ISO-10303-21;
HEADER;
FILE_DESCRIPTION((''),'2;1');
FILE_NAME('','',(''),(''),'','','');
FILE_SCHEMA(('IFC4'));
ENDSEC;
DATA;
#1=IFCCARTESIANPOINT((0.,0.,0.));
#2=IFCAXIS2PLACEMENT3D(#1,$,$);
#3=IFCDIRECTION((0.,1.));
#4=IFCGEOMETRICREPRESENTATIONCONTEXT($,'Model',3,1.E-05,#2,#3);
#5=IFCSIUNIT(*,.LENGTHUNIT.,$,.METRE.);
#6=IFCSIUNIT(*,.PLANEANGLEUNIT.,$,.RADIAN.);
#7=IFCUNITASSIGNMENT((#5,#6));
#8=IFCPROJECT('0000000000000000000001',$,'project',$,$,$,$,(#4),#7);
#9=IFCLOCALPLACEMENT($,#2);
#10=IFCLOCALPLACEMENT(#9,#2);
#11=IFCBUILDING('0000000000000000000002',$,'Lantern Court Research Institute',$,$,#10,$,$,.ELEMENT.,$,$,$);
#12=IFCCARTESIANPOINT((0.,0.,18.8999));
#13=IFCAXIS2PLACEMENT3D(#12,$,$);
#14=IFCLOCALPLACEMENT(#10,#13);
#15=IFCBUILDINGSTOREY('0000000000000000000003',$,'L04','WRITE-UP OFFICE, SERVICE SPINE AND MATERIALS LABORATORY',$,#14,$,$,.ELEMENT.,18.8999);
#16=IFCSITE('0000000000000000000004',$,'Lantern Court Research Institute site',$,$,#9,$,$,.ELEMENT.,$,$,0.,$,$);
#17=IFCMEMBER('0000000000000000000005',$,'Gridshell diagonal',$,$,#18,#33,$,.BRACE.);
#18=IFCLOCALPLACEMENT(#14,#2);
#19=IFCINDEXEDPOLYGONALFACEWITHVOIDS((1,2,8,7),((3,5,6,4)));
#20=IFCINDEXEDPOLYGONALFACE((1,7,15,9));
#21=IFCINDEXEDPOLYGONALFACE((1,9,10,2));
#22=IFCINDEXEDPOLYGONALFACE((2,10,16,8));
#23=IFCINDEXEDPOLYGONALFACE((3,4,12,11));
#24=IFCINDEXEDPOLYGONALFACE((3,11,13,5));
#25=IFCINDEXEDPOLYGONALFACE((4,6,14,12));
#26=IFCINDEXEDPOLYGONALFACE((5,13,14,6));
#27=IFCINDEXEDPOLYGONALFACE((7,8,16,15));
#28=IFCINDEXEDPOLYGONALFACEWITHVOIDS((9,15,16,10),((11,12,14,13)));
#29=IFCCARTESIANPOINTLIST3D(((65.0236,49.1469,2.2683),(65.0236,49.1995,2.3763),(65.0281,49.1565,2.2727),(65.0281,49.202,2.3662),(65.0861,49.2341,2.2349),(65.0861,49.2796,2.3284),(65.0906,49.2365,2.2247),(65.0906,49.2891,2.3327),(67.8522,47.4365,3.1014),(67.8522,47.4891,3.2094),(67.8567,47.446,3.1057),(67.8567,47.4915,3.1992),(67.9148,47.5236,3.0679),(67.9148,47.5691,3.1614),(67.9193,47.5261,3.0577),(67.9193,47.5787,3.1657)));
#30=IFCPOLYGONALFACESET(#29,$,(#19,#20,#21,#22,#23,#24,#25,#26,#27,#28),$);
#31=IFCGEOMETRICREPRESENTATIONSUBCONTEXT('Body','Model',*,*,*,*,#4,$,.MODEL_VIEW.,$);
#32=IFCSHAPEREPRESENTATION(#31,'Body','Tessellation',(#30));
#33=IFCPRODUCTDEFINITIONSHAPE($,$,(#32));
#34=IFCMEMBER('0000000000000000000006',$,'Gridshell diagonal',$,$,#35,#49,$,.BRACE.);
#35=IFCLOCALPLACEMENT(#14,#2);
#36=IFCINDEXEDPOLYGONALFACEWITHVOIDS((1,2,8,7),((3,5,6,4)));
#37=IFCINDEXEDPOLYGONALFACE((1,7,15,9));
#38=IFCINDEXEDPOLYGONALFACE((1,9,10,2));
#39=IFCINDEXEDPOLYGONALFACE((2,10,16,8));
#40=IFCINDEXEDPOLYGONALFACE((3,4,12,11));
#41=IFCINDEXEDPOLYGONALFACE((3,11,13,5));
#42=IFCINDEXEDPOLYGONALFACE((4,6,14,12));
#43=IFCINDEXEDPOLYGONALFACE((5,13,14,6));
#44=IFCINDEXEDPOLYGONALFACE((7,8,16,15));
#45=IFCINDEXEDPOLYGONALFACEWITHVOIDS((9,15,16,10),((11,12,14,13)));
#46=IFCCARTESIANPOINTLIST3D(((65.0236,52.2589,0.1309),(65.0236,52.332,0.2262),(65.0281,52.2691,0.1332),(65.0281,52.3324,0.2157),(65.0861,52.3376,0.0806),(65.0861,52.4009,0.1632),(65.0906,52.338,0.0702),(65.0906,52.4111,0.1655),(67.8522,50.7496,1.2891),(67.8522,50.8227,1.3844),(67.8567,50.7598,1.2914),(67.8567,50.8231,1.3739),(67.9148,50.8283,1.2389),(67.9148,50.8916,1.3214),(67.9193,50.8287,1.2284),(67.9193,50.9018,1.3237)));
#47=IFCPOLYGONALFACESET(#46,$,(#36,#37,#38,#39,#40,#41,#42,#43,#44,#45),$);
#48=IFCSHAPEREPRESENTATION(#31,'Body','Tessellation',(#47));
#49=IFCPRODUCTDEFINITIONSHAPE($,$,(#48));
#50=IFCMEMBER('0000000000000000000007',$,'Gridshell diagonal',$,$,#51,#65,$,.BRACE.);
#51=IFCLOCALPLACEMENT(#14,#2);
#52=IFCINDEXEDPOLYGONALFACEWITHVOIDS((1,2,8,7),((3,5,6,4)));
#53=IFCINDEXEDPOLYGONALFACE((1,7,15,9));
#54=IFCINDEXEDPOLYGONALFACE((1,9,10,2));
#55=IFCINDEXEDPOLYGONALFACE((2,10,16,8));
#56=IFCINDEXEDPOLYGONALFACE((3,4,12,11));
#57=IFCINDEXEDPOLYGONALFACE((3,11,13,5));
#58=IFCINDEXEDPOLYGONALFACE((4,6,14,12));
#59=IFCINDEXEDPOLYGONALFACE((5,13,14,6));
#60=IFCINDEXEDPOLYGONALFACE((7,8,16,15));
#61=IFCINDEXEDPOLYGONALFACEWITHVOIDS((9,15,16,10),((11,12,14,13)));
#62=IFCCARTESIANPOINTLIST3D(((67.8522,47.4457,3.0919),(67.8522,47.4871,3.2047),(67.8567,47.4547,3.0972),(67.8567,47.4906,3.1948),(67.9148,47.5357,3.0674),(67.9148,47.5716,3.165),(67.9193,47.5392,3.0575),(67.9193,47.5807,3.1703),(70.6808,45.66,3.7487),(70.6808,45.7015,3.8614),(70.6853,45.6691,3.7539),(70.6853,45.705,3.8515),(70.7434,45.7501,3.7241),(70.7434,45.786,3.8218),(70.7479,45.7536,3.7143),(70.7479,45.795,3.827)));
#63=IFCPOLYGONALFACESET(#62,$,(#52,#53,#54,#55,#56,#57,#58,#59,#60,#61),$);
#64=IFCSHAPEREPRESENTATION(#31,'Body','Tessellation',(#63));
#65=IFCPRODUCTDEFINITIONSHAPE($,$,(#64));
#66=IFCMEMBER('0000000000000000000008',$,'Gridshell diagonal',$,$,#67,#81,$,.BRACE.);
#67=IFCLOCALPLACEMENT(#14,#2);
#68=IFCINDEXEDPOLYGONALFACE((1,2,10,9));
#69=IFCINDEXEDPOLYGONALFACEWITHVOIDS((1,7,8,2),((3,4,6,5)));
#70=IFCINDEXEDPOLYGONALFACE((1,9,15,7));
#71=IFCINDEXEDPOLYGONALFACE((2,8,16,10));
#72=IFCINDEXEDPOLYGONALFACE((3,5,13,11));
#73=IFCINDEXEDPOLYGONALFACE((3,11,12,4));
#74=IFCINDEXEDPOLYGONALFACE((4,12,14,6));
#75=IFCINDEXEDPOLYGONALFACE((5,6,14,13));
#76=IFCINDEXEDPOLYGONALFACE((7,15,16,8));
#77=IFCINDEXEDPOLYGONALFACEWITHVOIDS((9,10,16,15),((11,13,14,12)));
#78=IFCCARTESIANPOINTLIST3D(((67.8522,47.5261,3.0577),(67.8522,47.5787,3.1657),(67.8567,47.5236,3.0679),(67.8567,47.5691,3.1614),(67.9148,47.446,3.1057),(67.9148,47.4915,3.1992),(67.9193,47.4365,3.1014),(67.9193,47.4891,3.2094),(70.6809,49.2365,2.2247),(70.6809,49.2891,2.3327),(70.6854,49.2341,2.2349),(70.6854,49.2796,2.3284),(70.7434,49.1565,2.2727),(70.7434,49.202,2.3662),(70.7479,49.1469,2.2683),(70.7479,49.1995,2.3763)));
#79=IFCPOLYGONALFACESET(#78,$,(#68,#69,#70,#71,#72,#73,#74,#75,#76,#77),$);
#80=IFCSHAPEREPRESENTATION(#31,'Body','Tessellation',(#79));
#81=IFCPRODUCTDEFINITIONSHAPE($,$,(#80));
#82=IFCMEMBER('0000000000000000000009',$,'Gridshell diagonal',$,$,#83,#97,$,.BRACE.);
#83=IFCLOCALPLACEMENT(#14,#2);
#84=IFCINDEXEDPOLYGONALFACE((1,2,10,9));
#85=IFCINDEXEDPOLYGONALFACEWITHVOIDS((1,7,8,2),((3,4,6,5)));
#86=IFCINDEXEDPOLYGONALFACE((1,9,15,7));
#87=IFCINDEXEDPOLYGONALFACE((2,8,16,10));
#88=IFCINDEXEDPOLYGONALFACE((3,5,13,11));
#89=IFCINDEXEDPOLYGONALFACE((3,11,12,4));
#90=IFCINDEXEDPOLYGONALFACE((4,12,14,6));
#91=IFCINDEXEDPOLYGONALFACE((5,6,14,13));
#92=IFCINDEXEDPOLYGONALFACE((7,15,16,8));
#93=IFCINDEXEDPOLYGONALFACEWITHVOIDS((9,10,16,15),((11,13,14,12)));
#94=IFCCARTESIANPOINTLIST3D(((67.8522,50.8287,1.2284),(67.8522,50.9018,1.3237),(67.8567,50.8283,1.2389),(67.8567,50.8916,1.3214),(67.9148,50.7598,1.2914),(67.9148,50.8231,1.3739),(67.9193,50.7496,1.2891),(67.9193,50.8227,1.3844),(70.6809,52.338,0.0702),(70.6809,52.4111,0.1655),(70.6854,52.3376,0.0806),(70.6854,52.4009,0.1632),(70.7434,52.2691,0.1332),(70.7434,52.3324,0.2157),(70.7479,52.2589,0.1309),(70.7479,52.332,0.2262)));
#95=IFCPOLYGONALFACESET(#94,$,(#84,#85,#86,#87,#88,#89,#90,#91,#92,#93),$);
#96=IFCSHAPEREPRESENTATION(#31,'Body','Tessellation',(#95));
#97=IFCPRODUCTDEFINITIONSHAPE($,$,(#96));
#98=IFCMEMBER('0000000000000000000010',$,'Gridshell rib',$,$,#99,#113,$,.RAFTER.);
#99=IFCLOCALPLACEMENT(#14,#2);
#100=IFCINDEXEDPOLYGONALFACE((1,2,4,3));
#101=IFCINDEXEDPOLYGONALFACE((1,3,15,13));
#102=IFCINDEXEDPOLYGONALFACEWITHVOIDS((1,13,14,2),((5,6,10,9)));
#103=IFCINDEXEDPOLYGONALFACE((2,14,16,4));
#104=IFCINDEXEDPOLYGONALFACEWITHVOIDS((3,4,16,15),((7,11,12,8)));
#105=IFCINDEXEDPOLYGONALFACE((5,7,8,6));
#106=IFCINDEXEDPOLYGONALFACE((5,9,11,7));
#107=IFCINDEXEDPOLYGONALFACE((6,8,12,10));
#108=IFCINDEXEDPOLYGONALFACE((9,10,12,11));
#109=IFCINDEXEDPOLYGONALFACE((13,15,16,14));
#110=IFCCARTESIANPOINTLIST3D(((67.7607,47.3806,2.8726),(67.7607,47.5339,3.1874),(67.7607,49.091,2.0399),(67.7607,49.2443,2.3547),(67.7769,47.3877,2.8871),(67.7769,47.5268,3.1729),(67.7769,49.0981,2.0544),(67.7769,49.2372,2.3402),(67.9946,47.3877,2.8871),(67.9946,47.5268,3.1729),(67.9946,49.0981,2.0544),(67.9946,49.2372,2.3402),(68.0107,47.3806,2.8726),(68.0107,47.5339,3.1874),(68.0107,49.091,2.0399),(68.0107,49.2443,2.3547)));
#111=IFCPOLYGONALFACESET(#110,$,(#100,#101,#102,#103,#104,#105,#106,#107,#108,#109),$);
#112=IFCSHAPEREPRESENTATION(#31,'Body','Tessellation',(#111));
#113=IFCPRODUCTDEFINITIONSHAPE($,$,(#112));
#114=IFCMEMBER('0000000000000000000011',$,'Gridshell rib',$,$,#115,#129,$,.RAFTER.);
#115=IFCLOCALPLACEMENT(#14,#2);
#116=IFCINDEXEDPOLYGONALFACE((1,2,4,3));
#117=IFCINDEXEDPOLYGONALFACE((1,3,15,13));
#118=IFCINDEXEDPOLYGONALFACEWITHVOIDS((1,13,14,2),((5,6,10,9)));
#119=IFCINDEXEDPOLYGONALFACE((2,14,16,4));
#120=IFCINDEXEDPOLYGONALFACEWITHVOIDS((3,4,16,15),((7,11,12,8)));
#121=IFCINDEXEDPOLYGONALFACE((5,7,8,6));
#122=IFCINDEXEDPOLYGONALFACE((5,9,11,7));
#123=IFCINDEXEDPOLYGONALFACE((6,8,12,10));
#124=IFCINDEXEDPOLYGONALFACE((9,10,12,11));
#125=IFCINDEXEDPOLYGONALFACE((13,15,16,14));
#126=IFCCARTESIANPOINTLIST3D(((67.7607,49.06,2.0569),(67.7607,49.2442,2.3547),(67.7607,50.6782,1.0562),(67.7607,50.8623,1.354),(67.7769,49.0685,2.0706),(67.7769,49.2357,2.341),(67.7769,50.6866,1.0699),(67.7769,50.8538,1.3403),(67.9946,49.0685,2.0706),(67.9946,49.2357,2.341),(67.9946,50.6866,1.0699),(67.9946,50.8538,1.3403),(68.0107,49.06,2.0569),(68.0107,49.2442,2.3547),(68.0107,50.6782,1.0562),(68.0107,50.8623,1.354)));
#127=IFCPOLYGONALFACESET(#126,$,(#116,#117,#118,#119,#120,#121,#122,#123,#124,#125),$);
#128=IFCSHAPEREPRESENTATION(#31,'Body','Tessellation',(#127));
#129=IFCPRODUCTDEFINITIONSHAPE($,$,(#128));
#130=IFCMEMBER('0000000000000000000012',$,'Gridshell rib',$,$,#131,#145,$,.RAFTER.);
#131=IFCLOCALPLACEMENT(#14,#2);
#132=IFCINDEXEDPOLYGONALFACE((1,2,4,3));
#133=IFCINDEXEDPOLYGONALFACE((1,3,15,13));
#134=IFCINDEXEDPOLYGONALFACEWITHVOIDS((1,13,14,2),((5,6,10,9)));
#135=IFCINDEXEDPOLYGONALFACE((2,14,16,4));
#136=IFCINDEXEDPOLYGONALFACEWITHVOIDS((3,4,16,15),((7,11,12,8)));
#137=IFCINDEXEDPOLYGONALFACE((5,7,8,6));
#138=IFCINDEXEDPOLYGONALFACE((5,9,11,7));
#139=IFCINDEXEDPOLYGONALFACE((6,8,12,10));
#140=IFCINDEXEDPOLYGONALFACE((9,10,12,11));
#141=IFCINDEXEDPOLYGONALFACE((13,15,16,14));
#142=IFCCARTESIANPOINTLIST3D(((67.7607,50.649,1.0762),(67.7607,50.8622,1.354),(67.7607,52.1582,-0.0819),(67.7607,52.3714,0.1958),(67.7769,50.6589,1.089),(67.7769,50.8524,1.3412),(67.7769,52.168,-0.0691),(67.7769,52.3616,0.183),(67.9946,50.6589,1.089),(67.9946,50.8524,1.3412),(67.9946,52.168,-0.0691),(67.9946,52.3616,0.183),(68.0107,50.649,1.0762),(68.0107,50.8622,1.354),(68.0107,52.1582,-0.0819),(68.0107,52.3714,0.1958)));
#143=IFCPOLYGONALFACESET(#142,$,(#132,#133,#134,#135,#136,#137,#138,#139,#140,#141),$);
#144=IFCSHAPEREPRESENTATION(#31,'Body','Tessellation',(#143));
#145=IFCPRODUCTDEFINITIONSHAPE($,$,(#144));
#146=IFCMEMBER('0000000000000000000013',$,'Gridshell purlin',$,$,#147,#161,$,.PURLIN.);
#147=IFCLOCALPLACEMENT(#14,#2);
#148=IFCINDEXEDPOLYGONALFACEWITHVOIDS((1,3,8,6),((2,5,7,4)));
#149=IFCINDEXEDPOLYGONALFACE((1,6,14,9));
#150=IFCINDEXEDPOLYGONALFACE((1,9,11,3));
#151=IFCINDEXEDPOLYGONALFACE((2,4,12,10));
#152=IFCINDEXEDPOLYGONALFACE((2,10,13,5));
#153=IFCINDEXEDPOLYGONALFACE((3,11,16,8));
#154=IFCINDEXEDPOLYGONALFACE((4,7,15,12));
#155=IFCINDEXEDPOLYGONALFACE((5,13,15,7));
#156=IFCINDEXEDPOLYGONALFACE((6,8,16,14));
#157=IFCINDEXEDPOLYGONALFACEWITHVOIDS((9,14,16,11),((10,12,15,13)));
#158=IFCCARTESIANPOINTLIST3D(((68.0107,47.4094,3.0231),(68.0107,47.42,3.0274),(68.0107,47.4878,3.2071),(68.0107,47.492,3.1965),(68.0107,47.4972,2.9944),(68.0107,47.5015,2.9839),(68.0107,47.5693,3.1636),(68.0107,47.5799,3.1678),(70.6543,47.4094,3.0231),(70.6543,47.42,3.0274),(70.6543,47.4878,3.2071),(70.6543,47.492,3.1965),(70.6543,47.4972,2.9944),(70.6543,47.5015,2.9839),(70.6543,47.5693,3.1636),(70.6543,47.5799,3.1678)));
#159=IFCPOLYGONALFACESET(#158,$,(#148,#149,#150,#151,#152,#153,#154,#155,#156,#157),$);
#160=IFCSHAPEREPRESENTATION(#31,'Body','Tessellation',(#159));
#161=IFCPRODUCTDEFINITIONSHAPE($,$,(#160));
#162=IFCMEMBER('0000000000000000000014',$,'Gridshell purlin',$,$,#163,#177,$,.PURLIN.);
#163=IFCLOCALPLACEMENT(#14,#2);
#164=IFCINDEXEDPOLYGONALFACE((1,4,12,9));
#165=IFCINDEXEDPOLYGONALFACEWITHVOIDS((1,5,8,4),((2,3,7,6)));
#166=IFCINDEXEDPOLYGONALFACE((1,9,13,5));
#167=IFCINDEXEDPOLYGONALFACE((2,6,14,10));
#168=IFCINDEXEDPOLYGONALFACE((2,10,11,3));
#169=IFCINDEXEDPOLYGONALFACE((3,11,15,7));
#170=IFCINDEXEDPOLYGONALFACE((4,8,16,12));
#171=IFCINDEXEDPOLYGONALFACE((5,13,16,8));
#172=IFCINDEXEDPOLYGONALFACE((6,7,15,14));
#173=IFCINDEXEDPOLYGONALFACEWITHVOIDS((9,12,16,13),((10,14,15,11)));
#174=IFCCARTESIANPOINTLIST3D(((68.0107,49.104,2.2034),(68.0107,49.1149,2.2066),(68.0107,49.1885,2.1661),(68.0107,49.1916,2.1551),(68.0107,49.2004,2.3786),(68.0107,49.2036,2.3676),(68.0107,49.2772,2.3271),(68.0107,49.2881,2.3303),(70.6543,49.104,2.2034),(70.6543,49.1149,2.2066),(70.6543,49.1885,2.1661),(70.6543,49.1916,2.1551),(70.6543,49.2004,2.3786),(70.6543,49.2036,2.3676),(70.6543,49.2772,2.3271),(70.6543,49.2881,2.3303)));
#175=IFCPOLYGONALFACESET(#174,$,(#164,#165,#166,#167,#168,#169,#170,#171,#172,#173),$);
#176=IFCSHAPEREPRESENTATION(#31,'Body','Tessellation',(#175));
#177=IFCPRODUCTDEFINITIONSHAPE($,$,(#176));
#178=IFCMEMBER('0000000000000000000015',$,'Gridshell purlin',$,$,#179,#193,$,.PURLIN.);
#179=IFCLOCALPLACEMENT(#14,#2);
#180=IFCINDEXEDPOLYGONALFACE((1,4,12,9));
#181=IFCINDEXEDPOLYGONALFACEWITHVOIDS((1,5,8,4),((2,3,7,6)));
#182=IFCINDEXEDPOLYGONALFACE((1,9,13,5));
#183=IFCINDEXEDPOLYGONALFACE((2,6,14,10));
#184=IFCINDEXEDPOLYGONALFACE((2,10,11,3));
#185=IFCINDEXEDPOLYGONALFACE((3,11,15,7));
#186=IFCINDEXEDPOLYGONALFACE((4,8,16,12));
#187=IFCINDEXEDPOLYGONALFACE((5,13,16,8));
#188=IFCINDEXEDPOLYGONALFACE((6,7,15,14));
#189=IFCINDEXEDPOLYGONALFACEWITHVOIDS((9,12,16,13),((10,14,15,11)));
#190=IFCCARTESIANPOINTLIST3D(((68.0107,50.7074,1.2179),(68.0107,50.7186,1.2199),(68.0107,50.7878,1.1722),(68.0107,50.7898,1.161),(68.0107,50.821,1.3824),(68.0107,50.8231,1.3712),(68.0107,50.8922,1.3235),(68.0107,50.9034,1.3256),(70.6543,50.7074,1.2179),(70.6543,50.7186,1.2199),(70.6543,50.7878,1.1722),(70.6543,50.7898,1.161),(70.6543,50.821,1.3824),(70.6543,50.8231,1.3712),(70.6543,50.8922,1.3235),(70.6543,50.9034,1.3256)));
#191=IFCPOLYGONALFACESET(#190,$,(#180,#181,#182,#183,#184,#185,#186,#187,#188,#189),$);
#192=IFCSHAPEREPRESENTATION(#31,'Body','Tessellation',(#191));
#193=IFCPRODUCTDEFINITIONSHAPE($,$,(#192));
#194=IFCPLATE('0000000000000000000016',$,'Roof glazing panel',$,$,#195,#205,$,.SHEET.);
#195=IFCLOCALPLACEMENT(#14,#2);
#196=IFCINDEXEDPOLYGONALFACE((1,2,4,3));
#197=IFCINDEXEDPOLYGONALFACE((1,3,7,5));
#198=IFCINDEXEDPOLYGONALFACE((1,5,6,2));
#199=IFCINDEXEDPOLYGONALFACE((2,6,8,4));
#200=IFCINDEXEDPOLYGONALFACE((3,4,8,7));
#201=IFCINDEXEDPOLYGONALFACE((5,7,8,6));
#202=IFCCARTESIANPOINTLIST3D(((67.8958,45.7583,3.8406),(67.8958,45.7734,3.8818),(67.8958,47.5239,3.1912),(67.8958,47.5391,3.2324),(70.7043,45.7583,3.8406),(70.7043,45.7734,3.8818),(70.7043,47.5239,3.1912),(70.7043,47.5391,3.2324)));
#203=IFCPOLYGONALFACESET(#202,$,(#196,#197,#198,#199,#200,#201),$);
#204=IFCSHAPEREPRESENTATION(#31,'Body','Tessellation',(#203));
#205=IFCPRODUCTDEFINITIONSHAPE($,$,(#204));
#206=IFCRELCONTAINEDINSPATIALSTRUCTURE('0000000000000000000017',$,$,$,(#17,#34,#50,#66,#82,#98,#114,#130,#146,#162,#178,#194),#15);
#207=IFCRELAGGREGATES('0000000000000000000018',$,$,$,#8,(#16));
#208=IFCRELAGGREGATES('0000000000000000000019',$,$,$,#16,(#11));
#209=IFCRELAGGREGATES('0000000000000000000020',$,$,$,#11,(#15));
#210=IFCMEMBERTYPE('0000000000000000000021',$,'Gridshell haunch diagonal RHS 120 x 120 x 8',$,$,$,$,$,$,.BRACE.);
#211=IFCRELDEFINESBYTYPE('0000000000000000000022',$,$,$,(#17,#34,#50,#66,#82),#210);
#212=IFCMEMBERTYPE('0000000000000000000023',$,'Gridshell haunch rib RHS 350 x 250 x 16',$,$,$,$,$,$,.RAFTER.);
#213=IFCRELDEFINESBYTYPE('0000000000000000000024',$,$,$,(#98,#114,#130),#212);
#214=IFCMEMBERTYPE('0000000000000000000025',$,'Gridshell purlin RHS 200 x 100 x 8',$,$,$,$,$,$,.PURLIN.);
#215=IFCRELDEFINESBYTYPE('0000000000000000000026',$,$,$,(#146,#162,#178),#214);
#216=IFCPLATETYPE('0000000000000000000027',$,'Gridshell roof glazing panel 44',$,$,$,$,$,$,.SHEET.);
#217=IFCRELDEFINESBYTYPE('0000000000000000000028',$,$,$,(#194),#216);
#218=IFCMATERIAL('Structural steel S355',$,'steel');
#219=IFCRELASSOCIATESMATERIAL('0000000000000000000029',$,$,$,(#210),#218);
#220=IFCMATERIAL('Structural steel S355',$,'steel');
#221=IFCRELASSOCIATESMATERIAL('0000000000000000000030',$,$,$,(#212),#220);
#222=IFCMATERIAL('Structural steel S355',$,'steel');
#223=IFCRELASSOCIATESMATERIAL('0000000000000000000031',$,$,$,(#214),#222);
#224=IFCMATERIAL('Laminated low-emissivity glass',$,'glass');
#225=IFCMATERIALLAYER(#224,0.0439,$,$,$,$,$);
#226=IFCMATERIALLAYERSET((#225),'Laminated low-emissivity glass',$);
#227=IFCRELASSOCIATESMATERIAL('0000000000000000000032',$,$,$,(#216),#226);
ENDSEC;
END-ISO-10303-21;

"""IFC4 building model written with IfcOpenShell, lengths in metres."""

from ifc_helpers import new_model, si_unit, direction, frame, origin, origin_2d, place, context, subcontext, project, spatial, polyline, hollow_rectangle, outline, extrude, material, layer, layer_set, material_profile, profile_set, type_object, element, save


model = new_model("IFC4")

# Units and contexts
model_context = context("Model", 3, precision=1e-05, world=origin(), true_north=direction((0.0, 1.0)))
body_context = subcontext(model_context, "Body", "Model", "MODEL_VIEW")
ifc_project = project(units=[si_unit("LENGTHUNIT", "METRE"), si_unit("PLANEANGLEUNIT", "RADIAN")], contexts=[model_context])

# Site, building, storey
site_placement = place(None, origin())
site = spatial("IfcSite", under=ifc_project, at=site_placement, Name="Lantern Court Research Institute site", CompositionType="ELEMENT", RefElevation=0.0)
building_placement = place(site_placement, origin())
building = spatial("IfcBuilding", under=site, at=building_placement, Name="Lantern Court Research Institute", CompositionType="ELEMENT")
storey_placement = place(building_placement, frame((0.0, 0.0, 18.8999)))
storey = spatial("IfcBuildingStorey", under=building, at=storey_placement, Name="L04", Description="WRITE-UP OFFICE, SERVICE SPINE AND MATERIALS LABORATORY", CompositionType="ELEMENT", Elevation=18.8999)

# Members
ifc_material_1 = material(Name="Structural steel S355", Category="steel")
ifc_material_profile_1 = material_profile(ifc_material_1, hollow_rectangle(XDim=0.1201, YDim=0.1201, WallThickness=0.0081, at=origin_2d()), Name="Gridshell haunch diagonal RHS 120 x 120 x 8")
ifc_profile_set_1 = profile_set([ifc_material_profile_1], Name="Structural steel S355")
member_type_1 = type_object("IfcMemberType", Name="Gridshell haunch diagonal RHS 120 x 120 x 8", PredefinedType="BRACE", material=ifc_profile_set_1)
for number, where, z_axis, x_axis, name in (
    (1, (67.8857, 47.5076, 3.1335), (-0.829773, 0.50176, -0.244363), (-0.558101, -0.746025, 0.363277), "Gridshell diagonal"),
    (2, (67.8857, 50.8257, 1.3064), (-0.82978, 0.44275, -0.339761), (-0.558091, -0.65828, 0.505176), "Gridshell diagonal"),
    (3, (70.7144, 45.7275, 3.7878), (-0.829763, 0.523812, -0.192652), (-0.558116, -0.778754, 0.28644), "Gridshell diagonal"),
    (4, (67.8857, 47.5076, 3.1335), (0.829773, 0.50176, -0.244363), (-0.558101, 0.746025, -0.363277), "Gridshell diagonal"),
    (5, (67.8857, 50.8257, 1.3064), (0.82978, 0.44275, -0.339761), (-0.558091, 0.65828, -0.505176), "Gridshell diagonal"),
):
    element("IfcMember", number, at=place(storey_placement, frame(where, z_axis=z_axis, x_axis=x_axis)), inside=storey, type_object=member_type_1, Name=name, PredefinedType="BRACE", context=body_context, shape_type="SweptSolid", body=[
        extrude(hollow_rectangle(XDim=0.1201, YDim=0.1201, WallThickness=0.0081, at=origin_2d()), origin(), (0.0, 0.0, 1.0), 3.4089),
    ])
ifc_material_2 = material(Name="Structural steel S355", Category="steel")
ifc_material_profile_2 = material_profile(ifc_material_2, hollow_rectangle(XDim=0.25, YDim=0.3501, WallThickness=0.0161, at=origin_2d()), Name="Gridshell haunch rib RHS 350 x 250 x 16")
ifc_profile_set_2 = profile_set([ifc_material_profile_2], Name="Structural steel S355")
member_type_2 = type_object("IfcMemberType", Name="Gridshell haunch rib RHS 350 x 250 x 16", PredefinedType="RAFTER", material=ifc_profile_set_2)
member_1_placement = place(storey_placement, frame((67.8857, 47.4573, 3.03), z_axis=(0.0, 0.8991, -0.437743), x_axis=(-1.0, 0.0, 0.0)))
element("IfcMember", 6, at=member_1_placement, inside=storey, type_object=member_type_2, Name="Gridshell rib", PredefinedType="RAFTER", context=body_context, shape_type="SweptSolid", body=[
    extrude(hollow_rectangle(XDim=0.25, YDim=0.3501, WallThickness=0.0161, at=origin_2d()), origin(), (0.0, 0.0, 1.0), 1.9023),
])
member_2_placement = place(storey_placement, frame((67.8857, 49.1521, 2.2058), z_axis=(0.0, 0.850498, -0.525979), x_axis=(-1.0, 0.0, 0.0)))
element("IfcMember", 7, at=member_2_placement, inside=storey, type_object=member_type_2, Name="Gridshell rib", PredefinedType="RAFTER", context=body_context, shape_type="SweptSolid", body=[
    extrude(hollow_rectangle(XDim=0.25, YDim=0.3501, WallThickness=0.0161, at=origin_2d()), origin(), (0.0, 0.0, 1.0), 1.9026),
])
member_3_placement = place(storey_placement, frame((67.8857, 50.7556, 1.2151), z_axis=(0.0, 0.79333, -0.608792), x_axis=(-1.0, 0.0, 0.0)))
element("IfcMember", 8, at=member_3_placement, inside=storey, type_object=member_type_2, Name="Gridshell rib", PredefinedType="RAFTER", context=body_context, shape_type="SweptSolid", body=[
    extrude(hollow_rectangle(XDim=0.25, YDim=0.3501, WallThickness=0.0161, at=origin_2d()), origin(), (0.0, 0.0, 1.0), 1.9023),
])
ifc_material_3 = material(Name="Structural steel S355", Category="steel")
ifc_material_profile_3 = material_profile(ifc_material_3, hollow_rectangle(XDim=0.1001, YDim=0.2, WallThickness=0.0081, at=origin_2d()), Name="Gridshell purlin RHS 200 x 100 x 8")
ifc_profile_set_3 = profile_set([ifc_material_profile_3], Name="Structural steel S355")
member_type_3 = type_object("IfcMemberType", Name="Gridshell purlin RHS 200 x 100 x 8", PredefinedType="PURLIN", material=ifc_profile_set_3)
for number, where, z_axis, x_axis, name in (
    (9, (68.0107, 47.4946, 3.0955), (1.0, 0.0, 0.0), (0.0, 0.919966, -0.391999), "Gridshell purlin"),
    (10, (68.0107, 49.196, 2.2668), (1.0, 0.0, 0.0), (0.0, 0.875897, -0.482497), "Gridshell purlin"),
    (11, (68.0107, 50.8054, 1.2717), (1.0, 0.0, 0.0), (0.0, 0.822954, -0.568108), "Gridshell purlin"),
):
    element("IfcMember", number, at=place(storey_placement, frame(where, z_axis=z_axis, x_axis=x_axis)), inside=storey, type_object=member_type_3, Name=name, PredefinedType="PURLIN", context=body_context, shape_type="SweptSolid", body=[
        extrude(hollow_rectangle(XDim=0.1001, YDim=0.2, WallThickness=0.0081, at=origin_2d()), origin(), (0.0, 0.0, 1.0), 2.6436),
    ])

# Plate
ifc_material_4 = material(Name="Laminated low-emissivity glass", Category="glass")
ifc_layer = layer(ifc_material_4, 0.0439)
ifc_layer_set = layer_set([ifc_layer], Name="Laminated low-emissivity glass")
plate_type = type_object("IfcPlateType", Name="Gridshell roof glazing panel 44", PredefinedType="SHEET", material=ifc_layer_set)
plate_1_placement = place(storey_placement, frame((70.7043, 45.7734, 3.8818), z_axis=(0.0, 0.3452, 0.938529), x_axis=(-1.0, 0.0, 0.0)))
element("IfcPlate", 12, at=plate_1_placement, inside=storey, type_object=plate_type, Name="Roof glazing panel", PredefinedType="SHEET", context=body_context, shape_type="SweptSolid", body=[
    extrude(outline(polyline([(0.0, 0.0), (2.8086, 0.0), (2.8086, -1.8813), (0.0, -1.8813), (0.0, 0.0)])), origin(), (0.0, 0.0, -1.0), 0.0439),
])

save(model, "model.ifc")
